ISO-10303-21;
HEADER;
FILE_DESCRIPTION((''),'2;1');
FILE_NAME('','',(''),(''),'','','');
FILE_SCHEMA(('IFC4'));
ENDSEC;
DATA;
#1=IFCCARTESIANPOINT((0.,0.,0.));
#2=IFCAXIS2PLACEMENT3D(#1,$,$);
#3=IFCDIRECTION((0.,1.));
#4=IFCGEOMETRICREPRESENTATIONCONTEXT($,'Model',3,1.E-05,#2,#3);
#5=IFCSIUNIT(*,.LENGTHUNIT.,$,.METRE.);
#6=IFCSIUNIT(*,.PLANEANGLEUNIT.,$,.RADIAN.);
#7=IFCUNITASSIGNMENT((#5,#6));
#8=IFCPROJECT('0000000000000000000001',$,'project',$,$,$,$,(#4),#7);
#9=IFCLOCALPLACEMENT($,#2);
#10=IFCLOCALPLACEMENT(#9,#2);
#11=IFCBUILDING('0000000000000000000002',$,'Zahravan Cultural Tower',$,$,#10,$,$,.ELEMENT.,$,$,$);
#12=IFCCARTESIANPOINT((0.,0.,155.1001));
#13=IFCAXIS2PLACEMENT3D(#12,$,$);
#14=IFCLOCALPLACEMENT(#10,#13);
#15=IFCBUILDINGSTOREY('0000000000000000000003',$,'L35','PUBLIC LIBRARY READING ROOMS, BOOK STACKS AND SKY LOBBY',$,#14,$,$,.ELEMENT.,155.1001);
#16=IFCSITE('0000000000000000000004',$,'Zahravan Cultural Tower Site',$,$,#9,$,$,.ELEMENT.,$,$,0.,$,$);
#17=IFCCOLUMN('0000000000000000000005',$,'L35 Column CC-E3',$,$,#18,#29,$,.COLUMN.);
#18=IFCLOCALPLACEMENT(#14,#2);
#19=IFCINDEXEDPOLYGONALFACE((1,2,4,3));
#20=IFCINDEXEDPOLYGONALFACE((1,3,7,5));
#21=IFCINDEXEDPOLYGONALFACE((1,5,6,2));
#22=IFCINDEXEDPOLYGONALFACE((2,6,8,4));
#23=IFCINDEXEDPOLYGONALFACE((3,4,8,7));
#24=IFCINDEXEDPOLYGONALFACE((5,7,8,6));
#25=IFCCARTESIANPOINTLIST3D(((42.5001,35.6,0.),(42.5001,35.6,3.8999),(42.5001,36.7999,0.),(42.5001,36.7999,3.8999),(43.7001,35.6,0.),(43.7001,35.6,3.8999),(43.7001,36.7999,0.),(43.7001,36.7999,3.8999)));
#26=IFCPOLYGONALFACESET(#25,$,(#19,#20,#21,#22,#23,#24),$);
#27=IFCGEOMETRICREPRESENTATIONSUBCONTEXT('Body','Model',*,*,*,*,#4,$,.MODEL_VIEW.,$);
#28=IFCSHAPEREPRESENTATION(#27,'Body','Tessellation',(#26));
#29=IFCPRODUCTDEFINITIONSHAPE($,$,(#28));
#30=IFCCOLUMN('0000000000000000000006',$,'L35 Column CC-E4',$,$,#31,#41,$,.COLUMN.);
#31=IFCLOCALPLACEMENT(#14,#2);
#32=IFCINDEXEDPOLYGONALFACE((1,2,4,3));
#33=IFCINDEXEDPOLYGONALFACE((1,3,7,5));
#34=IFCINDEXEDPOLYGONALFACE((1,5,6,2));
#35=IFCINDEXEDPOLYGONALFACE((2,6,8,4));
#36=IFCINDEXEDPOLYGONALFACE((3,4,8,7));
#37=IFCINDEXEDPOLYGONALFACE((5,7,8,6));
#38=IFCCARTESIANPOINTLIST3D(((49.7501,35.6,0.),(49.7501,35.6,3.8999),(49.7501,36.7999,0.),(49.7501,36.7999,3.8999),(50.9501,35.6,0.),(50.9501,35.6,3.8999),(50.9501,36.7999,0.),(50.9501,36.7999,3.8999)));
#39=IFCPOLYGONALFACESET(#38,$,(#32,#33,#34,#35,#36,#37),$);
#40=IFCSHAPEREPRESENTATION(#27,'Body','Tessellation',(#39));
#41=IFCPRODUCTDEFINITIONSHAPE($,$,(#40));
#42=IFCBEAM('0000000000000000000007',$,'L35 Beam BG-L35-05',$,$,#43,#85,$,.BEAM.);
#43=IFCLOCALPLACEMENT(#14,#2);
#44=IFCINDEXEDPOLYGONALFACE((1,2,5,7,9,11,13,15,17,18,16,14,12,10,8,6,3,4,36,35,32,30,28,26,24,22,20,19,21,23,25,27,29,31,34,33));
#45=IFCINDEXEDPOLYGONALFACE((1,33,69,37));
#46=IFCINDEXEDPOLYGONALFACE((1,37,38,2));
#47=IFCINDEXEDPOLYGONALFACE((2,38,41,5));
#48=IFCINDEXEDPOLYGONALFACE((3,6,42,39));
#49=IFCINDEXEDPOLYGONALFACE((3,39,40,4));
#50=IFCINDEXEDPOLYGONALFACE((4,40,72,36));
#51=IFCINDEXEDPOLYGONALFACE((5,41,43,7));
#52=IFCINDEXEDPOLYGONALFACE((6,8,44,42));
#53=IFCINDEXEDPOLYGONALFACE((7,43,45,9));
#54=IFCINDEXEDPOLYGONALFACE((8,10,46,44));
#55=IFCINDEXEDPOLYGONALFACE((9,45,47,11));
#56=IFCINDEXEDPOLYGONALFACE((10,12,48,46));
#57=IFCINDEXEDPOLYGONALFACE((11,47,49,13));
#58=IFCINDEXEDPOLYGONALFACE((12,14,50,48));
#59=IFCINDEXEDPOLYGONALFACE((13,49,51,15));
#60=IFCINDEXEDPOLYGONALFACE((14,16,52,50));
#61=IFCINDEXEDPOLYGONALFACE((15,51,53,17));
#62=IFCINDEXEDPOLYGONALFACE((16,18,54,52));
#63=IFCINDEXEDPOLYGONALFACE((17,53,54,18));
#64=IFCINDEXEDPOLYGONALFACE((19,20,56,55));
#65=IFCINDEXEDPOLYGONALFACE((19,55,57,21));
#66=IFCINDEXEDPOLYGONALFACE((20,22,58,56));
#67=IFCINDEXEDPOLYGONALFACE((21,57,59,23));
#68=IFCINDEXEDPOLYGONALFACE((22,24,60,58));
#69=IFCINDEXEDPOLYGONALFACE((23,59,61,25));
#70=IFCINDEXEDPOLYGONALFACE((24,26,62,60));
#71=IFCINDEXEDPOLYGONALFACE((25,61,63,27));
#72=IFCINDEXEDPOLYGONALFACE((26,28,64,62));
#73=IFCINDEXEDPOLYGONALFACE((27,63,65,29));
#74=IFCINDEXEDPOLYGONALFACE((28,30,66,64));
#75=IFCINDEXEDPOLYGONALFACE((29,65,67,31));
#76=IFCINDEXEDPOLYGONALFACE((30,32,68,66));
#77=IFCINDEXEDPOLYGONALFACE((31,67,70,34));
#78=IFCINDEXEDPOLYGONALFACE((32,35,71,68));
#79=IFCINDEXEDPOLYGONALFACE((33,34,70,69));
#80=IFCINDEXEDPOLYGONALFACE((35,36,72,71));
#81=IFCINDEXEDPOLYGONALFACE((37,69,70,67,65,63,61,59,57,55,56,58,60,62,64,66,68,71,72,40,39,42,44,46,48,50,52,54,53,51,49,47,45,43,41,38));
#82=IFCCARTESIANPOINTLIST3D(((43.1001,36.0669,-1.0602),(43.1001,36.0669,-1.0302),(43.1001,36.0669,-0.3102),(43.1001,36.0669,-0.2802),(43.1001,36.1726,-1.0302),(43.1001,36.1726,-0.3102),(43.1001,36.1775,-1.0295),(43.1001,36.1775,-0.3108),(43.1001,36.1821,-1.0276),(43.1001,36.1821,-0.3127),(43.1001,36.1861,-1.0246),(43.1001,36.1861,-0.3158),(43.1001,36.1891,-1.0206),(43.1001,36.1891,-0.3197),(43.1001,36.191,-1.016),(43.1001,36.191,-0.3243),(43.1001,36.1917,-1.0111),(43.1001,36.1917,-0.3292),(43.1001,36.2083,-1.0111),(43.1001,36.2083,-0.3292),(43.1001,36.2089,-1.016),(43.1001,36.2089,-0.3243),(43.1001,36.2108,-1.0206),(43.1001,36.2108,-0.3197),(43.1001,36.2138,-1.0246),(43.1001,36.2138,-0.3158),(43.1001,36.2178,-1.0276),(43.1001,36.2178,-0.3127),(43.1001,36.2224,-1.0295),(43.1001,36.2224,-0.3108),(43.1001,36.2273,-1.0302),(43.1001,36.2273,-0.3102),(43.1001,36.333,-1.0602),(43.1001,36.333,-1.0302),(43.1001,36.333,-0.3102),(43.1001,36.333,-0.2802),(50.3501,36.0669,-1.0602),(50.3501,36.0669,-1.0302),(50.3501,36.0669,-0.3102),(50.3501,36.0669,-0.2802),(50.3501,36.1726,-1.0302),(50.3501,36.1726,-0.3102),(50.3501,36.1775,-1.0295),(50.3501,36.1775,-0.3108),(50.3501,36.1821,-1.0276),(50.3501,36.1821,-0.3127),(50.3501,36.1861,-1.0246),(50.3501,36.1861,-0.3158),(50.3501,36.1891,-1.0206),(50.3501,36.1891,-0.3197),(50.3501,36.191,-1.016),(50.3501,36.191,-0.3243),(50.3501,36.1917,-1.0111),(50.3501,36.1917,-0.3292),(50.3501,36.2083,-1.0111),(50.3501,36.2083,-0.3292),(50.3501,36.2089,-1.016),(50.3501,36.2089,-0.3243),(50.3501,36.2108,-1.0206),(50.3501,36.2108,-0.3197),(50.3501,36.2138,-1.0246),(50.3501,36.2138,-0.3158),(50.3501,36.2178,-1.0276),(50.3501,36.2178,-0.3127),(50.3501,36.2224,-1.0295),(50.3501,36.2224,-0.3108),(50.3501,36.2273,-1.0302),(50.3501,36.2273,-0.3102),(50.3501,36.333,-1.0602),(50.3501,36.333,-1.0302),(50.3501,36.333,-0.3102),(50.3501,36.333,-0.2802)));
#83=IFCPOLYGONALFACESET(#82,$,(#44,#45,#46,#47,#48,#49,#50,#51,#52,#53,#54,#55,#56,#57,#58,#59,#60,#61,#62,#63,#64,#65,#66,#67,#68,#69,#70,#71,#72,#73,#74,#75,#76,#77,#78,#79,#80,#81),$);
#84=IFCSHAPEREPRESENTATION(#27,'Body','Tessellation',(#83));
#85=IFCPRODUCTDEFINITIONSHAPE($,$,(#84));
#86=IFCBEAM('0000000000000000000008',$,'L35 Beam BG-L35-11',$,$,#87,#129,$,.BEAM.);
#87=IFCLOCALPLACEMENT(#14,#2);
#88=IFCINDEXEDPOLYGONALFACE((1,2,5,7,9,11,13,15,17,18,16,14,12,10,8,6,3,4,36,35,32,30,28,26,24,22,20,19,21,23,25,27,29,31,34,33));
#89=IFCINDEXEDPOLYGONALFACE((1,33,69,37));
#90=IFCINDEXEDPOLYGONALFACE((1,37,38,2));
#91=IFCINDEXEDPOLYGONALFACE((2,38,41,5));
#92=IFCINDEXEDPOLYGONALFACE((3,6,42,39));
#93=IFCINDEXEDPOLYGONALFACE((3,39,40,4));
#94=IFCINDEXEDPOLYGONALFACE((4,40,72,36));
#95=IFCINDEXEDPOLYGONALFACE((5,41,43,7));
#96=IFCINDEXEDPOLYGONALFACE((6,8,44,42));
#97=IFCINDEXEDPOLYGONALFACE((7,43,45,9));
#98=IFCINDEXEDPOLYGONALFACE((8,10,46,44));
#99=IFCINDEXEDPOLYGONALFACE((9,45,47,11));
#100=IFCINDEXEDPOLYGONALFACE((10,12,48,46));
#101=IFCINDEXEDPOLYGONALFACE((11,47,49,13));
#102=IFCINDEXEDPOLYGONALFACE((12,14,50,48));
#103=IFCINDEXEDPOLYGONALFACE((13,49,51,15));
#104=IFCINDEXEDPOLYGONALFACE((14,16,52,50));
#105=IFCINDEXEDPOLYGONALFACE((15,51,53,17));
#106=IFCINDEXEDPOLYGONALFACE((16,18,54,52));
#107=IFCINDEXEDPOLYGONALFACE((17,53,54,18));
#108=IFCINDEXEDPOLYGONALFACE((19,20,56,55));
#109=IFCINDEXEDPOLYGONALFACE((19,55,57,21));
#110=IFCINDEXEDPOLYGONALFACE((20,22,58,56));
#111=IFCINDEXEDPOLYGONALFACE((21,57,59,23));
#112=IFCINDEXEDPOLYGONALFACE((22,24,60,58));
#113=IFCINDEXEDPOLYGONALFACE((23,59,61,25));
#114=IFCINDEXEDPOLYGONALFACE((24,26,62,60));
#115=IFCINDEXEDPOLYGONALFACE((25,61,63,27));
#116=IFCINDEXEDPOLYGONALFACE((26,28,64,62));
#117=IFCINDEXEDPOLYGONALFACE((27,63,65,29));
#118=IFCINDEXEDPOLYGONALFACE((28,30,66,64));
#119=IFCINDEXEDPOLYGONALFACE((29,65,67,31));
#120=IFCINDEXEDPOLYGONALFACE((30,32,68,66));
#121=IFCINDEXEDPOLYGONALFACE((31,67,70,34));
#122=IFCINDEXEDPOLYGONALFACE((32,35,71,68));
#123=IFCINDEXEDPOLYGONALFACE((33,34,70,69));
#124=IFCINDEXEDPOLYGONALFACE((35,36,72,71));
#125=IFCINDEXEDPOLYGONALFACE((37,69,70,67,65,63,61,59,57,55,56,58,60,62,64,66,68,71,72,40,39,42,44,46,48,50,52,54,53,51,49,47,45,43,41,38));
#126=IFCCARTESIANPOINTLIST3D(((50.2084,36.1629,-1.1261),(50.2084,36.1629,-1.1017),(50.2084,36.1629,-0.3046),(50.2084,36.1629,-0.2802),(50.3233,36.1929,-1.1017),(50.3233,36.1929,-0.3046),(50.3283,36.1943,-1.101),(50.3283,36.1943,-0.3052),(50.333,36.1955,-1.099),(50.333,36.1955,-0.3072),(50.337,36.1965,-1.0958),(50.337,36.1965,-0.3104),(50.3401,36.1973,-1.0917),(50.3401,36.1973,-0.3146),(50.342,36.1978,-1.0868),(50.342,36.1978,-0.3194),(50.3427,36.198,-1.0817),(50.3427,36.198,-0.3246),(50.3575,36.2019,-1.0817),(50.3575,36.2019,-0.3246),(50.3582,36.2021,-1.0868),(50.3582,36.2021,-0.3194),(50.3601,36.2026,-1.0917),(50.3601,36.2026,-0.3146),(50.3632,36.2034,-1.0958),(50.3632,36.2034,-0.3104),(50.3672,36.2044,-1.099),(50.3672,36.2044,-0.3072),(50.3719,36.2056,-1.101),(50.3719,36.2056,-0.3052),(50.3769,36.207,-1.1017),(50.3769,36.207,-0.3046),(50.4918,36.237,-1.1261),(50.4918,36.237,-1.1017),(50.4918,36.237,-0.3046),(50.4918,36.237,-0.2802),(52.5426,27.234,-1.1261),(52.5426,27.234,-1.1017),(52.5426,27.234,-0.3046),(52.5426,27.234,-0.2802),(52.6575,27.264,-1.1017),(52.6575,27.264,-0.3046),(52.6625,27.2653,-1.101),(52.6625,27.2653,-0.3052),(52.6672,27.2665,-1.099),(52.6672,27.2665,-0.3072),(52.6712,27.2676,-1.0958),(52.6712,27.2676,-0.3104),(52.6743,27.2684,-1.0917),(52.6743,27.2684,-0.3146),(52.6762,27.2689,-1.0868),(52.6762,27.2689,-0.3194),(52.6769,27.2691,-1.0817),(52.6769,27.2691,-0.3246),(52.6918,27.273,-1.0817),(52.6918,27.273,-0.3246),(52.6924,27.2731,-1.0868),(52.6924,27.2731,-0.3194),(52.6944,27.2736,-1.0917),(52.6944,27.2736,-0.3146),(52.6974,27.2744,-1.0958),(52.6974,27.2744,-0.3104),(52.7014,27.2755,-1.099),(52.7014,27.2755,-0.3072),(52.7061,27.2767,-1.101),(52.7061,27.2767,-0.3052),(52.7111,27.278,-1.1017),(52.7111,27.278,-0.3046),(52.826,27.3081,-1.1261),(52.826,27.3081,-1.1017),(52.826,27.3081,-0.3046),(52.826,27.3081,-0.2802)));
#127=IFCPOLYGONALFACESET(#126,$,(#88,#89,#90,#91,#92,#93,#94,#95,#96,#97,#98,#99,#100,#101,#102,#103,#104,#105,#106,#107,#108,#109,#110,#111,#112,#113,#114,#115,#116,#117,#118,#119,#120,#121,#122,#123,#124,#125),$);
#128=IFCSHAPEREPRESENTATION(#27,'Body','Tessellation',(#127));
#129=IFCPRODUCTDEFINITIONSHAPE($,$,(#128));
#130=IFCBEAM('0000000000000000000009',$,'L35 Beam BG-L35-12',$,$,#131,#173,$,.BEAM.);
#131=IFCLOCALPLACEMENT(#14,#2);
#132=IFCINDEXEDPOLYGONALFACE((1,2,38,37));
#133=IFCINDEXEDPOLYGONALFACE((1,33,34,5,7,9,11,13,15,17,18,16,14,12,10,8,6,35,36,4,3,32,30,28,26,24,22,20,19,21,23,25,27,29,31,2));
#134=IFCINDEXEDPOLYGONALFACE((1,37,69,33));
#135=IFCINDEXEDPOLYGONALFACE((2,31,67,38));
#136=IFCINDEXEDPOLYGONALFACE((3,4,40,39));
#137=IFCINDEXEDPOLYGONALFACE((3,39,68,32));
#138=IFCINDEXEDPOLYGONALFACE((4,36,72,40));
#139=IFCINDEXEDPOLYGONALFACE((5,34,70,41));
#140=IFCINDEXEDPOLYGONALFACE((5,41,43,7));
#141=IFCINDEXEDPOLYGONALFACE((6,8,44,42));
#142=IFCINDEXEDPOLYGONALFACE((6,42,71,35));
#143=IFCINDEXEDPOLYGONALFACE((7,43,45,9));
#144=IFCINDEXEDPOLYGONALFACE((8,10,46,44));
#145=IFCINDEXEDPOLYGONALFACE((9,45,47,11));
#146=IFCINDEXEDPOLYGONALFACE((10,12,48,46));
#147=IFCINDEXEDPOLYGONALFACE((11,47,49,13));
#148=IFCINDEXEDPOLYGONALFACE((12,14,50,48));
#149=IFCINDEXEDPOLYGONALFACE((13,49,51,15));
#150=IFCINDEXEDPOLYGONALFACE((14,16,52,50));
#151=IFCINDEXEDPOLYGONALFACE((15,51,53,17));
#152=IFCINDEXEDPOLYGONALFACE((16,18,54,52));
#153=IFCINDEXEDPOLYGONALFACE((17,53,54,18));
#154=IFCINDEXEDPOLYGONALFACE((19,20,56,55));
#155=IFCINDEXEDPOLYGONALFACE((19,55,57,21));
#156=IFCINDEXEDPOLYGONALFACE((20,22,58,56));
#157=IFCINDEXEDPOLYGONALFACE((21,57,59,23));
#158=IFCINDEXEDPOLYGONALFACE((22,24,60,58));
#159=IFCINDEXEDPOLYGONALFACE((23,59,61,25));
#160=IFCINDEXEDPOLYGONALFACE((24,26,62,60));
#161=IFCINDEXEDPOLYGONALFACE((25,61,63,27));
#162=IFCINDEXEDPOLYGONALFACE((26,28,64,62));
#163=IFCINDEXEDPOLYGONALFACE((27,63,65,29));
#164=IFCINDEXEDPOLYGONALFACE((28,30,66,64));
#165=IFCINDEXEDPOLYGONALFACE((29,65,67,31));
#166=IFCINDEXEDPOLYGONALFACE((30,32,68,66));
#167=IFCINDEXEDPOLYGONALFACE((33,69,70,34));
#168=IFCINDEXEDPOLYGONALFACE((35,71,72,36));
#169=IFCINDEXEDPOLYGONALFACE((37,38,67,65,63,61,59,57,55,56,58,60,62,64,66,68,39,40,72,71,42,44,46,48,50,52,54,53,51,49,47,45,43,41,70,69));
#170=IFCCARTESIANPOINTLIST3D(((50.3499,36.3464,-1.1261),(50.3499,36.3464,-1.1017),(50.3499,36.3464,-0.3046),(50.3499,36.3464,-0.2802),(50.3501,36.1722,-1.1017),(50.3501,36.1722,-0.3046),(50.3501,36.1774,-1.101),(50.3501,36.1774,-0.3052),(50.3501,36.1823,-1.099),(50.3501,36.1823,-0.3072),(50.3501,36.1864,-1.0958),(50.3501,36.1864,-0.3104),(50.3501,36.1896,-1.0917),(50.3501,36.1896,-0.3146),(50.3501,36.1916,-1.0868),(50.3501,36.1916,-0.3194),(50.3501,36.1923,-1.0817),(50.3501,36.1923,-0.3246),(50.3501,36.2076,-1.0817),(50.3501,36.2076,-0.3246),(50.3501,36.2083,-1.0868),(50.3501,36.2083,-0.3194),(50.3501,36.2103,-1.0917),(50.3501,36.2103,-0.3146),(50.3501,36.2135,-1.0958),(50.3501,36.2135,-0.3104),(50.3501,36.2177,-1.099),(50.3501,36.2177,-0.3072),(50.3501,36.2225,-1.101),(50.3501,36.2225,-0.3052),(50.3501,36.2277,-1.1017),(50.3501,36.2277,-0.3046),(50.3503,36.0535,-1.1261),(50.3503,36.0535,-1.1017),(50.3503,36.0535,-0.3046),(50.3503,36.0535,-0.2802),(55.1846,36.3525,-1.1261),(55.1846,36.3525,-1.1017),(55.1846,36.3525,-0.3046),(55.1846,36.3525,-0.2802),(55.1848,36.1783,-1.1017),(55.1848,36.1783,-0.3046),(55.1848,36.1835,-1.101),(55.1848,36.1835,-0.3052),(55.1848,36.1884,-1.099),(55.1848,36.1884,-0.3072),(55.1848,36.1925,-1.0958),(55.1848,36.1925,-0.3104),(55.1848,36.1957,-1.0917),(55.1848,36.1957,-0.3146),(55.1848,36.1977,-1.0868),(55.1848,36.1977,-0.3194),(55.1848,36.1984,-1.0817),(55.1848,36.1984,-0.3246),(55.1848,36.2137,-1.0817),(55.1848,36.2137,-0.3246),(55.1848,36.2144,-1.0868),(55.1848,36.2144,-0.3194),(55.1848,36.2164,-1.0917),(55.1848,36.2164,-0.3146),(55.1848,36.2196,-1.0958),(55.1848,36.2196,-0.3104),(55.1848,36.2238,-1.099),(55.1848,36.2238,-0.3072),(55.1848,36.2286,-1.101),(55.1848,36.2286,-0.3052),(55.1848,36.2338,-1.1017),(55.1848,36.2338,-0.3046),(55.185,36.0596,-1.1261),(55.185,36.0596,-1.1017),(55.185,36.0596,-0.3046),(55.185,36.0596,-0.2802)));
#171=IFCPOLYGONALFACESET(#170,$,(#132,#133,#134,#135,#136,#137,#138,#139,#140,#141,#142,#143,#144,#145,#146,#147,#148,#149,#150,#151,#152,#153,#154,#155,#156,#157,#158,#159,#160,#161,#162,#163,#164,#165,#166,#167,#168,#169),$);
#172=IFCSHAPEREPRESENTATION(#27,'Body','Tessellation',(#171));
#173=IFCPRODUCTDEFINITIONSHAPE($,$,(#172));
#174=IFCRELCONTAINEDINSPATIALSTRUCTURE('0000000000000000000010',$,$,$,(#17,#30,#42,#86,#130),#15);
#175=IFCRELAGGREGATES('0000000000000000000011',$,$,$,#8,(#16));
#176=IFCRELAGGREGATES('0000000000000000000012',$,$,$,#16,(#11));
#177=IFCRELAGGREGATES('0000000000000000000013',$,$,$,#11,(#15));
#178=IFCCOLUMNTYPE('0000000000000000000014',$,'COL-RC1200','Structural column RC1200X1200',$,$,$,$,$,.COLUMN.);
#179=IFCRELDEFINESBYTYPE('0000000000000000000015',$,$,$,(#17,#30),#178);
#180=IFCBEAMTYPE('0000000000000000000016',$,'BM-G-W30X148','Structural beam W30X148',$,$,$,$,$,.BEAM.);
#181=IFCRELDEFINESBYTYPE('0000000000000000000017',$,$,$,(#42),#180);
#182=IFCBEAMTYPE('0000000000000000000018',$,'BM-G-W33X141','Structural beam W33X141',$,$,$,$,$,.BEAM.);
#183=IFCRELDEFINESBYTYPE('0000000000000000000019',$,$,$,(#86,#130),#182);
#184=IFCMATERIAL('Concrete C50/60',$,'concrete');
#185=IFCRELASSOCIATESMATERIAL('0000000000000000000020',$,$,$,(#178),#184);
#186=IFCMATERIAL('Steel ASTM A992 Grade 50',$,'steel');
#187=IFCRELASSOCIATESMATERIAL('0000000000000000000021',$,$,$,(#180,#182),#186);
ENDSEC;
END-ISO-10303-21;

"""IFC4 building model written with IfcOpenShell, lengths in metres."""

from ifc_helpers import new_model, si_unit, direction, frame, origin, origin_2d, place, context, subcontext, project, spatial, rectangle, i_section, extrude, source, transform, mapped, material, material_profile, profile_set, type_object, element, save


model = new_model("IFC4")

# Units and contexts
model_context = context("Model", 3, precision=1e-05, world=origin(), true_north=direction((0.0, 1.0)))
body_context = subcontext(model_context, "Body", "Model", "MODEL_VIEW")
ifc_project = project(units=[si_unit("LENGTHUNIT", "METRE"), si_unit("PLANEANGLEUNIT", "RADIAN")], contexts=[model_context])

# Site, building, storey
site_placement = place(None, origin())
site = spatial("IfcSite", under=ifc_project, at=site_placement, Name="Zahravan Cultural Tower Site", CompositionType="ELEMENT", RefElevation=0.0)
building_placement = place(site_placement, origin())
building = spatial("IfcBuilding", under=site, at=building_placement, Name="Zahravan Cultural Tower", CompositionType="ELEMENT")
storey_placement = place(building_placement, frame((0.0, 0.0, 155.1001)))
storey = spatial("IfcBuildingStorey", under=building, at=storey_placement, Name="L35", Description="PUBLIC LIBRARY READING ROOMS, BOOK STACKS AND SKY LOBBY", CompositionType="ELEMENT", Elevation=155.1001)

# Columns
ifc_material_1 = material(Name="Concrete C50/60", Category="concrete")
ifc_material_profile_1 = material_profile(ifc_material_1, rectangle(XDim=1.2, YDim=1.2, at=origin_2d()), Name="RC1200X1200")
ifc_profile_set_1 = profile_set([ifc_material_profile_1], Name="Concrete C50/60")
column_type = type_object("IfcColumnType", Name="COL-RC1200", Description="Structural column RC1200X1200", PredefinedType="COLUMN", material=ifc_profile_set_1)
shared_shape_1 = source(origin(), body_context, "Body", "SweptSolid", [
    extrude(rectangle(XDim=1.2, YDim=1.2, at=origin_2d()), origin(), (0.0, 0.0, 1.0), 3.8999),
])
for number, where, z_axis, x_axis, name in (
    (1, (43.1001, 36.2, 0.0), (0.0, 0.0, 1.0), (1.0, 0.0, 0.0), "L35 Column CC-E3"),
    (2, (50.3501, 36.2, 0.0), (0.0, 0.0, 1.0), (1.0, 0.0, 0.0), "L35 Column CC-E4"),
):
    element("IfcColumn", number, at=place(storey_placement, frame(where, z_axis=z_axis, x_axis=x_axis)), inside=storey, type_object=column_type, Name=name, PredefinedType="COLUMN", context=body_context, shape_type="MappedRepresentation", body=[
        mapped(shared_shape_1, transform((0.0, 0.0, 0.0), x_axis=(1.0, 0.0, 0.0), y_axis=(0.0, 1.0, 0.0), z_axis=(0.0, 0.0, 1.0), scale=1.0)),
    ])

# Beams
ifc_material_2 = material(Name="Steel ASTM A992 Grade 50", Category="steel")
ifc_material_profile_2 = material_profile(ifc_material_2, i_section(OverallWidth=0.2661, OverallDepth=0.78, WebThickness=0.0166, FlangeThickness=0.03, FilletRadius=0.019, at=origin_2d()), Name="W30X148")
ifc_profile_set_2 = profile_set([ifc_material_profile_2], Name="Steel ASTM A992 Grade 50")
beam_type_1 = type_object("IfcBeamType", Name="BM-G-W30X148", Description="Structural beam W30X148", PredefinedType="BEAM", material=ifc_profile_set_2)
shared_shape_2 = source(origin(), body_context, "Body", "SweptSolid", [
    extrude(i_section(OverallWidth=0.2661, OverallDepth=0.78, WebThickness=0.0166, FlangeThickness=0.03, FilletRadius=0.019, at=origin_2d()), origin(), (0.0, 0.0, 1.0), 7.25),
])
beam_1_placement = place(storey_placement, frame((43.1001, 36.2, -0.6702), z_axis=(1.0, 0.0, 0.0), x_axis=(0.0, 1.0, 0.0)))
element("IfcBeam", 3, at=beam_1_placement, inside=storey, type_object=beam_type_1, Name="L35 Beam BG-L35-05", PredefinedType="BEAM", context=body_context, shape_type="MappedRepresentation", body=[
    mapped(shared_shape_2, transform((0.0, 0.0, 0.0), x_axis=(1.0, 0.0, 0.0), y_axis=(0.0, 1.0, 0.0), z_axis=(0.0, 0.0, 1.0), scale=1.0)),
])
ifc_material_profile_3 = material_profile(ifc_material_2, i_section(OverallWidth=0.293, OverallDepth=0.8459, WebThickness=0.0154, FlangeThickness=0.0244, FilletRadius=0.02, at=origin_2d()), Name="W33X141")
ifc_profile_set_3 = profile_set([ifc_material_profile_3], Name="Steel ASTM A992 Grade 50")
beam_type_2 = type_object("IfcBeamType", Name="BM-G-W33X141", Description="Structural beam W33X141", PredefinedType="BEAM", material=ifc_profile_set_3)
shared_shape_3 = source(origin(), body_context, "Body", "SweptSolid", [
    extrude(i_section(OverallWidth=0.293, OverallDepth=0.8459, WebThickness=0.0154, FlangeThickness=0.0244, FilletRadius=0.02, at=origin_2d()), origin(), (0.0, 0.0, 1.0), 9.229),
])
beam_2_placement = place(storey_placement, frame((50.3501, 36.2, -0.7031), z_axis=(0.252923, -0.967487, 0.0), x_axis=(0.967487, 0.252923, 0.0)))
element("IfcBeam", 4, at=beam_2_placement, inside=storey, type_object=beam_type_2, Name="L35 Beam BG-L35-11", PredefinedType="BEAM", context=body_context, shape_type="MappedRepresentation", body=[
    mapped(shared_shape_3, transform((0.0, 0.0, 0.0), x_axis=(1.0, 0.0, 0.0), y_axis=(0.0, 1.0, 0.0), z_axis=(0.0, 0.0, 1.0), scale=1.0)),
])
shared_shape_4 = source(origin(), body_context, "Body", "SweptSolid", [
    extrude(i_section(OverallWidth=0.293, OverallDepth=0.8459, WebThickness=0.0154, FlangeThickness=0.0244, FilletRadius=0.02, at=origin_2d()), origin(), (0.0, 0.0, 1.0), 4.8347),
])
beam_3_placement = place(storey_placement, frame((50.3501, 36.2, -0.7031), z_axis=(0.999999, 0.001262, 0.0), x_axis=(-0.001262, 0.999999, 0.0)))
element("IfcBeam", 5, at=beam_3_placement, inside=storey, type_object=beam_type_2, Name="L35 Beam BG-L35-12", PredefinedType="BEAM", context=body_context, shape_type="MappedRepresentation", body=[
    mapped(shared_shape_4, transform((0.0, 0.0, 0.0), x_axis=(1.0, 0.0, 0.0), y_axis=(0.0, 1.0, 0.0), z_axis=(0.0, 0.0, 1.0), scale=1.0)),
])

save(model, "model.ifc")
